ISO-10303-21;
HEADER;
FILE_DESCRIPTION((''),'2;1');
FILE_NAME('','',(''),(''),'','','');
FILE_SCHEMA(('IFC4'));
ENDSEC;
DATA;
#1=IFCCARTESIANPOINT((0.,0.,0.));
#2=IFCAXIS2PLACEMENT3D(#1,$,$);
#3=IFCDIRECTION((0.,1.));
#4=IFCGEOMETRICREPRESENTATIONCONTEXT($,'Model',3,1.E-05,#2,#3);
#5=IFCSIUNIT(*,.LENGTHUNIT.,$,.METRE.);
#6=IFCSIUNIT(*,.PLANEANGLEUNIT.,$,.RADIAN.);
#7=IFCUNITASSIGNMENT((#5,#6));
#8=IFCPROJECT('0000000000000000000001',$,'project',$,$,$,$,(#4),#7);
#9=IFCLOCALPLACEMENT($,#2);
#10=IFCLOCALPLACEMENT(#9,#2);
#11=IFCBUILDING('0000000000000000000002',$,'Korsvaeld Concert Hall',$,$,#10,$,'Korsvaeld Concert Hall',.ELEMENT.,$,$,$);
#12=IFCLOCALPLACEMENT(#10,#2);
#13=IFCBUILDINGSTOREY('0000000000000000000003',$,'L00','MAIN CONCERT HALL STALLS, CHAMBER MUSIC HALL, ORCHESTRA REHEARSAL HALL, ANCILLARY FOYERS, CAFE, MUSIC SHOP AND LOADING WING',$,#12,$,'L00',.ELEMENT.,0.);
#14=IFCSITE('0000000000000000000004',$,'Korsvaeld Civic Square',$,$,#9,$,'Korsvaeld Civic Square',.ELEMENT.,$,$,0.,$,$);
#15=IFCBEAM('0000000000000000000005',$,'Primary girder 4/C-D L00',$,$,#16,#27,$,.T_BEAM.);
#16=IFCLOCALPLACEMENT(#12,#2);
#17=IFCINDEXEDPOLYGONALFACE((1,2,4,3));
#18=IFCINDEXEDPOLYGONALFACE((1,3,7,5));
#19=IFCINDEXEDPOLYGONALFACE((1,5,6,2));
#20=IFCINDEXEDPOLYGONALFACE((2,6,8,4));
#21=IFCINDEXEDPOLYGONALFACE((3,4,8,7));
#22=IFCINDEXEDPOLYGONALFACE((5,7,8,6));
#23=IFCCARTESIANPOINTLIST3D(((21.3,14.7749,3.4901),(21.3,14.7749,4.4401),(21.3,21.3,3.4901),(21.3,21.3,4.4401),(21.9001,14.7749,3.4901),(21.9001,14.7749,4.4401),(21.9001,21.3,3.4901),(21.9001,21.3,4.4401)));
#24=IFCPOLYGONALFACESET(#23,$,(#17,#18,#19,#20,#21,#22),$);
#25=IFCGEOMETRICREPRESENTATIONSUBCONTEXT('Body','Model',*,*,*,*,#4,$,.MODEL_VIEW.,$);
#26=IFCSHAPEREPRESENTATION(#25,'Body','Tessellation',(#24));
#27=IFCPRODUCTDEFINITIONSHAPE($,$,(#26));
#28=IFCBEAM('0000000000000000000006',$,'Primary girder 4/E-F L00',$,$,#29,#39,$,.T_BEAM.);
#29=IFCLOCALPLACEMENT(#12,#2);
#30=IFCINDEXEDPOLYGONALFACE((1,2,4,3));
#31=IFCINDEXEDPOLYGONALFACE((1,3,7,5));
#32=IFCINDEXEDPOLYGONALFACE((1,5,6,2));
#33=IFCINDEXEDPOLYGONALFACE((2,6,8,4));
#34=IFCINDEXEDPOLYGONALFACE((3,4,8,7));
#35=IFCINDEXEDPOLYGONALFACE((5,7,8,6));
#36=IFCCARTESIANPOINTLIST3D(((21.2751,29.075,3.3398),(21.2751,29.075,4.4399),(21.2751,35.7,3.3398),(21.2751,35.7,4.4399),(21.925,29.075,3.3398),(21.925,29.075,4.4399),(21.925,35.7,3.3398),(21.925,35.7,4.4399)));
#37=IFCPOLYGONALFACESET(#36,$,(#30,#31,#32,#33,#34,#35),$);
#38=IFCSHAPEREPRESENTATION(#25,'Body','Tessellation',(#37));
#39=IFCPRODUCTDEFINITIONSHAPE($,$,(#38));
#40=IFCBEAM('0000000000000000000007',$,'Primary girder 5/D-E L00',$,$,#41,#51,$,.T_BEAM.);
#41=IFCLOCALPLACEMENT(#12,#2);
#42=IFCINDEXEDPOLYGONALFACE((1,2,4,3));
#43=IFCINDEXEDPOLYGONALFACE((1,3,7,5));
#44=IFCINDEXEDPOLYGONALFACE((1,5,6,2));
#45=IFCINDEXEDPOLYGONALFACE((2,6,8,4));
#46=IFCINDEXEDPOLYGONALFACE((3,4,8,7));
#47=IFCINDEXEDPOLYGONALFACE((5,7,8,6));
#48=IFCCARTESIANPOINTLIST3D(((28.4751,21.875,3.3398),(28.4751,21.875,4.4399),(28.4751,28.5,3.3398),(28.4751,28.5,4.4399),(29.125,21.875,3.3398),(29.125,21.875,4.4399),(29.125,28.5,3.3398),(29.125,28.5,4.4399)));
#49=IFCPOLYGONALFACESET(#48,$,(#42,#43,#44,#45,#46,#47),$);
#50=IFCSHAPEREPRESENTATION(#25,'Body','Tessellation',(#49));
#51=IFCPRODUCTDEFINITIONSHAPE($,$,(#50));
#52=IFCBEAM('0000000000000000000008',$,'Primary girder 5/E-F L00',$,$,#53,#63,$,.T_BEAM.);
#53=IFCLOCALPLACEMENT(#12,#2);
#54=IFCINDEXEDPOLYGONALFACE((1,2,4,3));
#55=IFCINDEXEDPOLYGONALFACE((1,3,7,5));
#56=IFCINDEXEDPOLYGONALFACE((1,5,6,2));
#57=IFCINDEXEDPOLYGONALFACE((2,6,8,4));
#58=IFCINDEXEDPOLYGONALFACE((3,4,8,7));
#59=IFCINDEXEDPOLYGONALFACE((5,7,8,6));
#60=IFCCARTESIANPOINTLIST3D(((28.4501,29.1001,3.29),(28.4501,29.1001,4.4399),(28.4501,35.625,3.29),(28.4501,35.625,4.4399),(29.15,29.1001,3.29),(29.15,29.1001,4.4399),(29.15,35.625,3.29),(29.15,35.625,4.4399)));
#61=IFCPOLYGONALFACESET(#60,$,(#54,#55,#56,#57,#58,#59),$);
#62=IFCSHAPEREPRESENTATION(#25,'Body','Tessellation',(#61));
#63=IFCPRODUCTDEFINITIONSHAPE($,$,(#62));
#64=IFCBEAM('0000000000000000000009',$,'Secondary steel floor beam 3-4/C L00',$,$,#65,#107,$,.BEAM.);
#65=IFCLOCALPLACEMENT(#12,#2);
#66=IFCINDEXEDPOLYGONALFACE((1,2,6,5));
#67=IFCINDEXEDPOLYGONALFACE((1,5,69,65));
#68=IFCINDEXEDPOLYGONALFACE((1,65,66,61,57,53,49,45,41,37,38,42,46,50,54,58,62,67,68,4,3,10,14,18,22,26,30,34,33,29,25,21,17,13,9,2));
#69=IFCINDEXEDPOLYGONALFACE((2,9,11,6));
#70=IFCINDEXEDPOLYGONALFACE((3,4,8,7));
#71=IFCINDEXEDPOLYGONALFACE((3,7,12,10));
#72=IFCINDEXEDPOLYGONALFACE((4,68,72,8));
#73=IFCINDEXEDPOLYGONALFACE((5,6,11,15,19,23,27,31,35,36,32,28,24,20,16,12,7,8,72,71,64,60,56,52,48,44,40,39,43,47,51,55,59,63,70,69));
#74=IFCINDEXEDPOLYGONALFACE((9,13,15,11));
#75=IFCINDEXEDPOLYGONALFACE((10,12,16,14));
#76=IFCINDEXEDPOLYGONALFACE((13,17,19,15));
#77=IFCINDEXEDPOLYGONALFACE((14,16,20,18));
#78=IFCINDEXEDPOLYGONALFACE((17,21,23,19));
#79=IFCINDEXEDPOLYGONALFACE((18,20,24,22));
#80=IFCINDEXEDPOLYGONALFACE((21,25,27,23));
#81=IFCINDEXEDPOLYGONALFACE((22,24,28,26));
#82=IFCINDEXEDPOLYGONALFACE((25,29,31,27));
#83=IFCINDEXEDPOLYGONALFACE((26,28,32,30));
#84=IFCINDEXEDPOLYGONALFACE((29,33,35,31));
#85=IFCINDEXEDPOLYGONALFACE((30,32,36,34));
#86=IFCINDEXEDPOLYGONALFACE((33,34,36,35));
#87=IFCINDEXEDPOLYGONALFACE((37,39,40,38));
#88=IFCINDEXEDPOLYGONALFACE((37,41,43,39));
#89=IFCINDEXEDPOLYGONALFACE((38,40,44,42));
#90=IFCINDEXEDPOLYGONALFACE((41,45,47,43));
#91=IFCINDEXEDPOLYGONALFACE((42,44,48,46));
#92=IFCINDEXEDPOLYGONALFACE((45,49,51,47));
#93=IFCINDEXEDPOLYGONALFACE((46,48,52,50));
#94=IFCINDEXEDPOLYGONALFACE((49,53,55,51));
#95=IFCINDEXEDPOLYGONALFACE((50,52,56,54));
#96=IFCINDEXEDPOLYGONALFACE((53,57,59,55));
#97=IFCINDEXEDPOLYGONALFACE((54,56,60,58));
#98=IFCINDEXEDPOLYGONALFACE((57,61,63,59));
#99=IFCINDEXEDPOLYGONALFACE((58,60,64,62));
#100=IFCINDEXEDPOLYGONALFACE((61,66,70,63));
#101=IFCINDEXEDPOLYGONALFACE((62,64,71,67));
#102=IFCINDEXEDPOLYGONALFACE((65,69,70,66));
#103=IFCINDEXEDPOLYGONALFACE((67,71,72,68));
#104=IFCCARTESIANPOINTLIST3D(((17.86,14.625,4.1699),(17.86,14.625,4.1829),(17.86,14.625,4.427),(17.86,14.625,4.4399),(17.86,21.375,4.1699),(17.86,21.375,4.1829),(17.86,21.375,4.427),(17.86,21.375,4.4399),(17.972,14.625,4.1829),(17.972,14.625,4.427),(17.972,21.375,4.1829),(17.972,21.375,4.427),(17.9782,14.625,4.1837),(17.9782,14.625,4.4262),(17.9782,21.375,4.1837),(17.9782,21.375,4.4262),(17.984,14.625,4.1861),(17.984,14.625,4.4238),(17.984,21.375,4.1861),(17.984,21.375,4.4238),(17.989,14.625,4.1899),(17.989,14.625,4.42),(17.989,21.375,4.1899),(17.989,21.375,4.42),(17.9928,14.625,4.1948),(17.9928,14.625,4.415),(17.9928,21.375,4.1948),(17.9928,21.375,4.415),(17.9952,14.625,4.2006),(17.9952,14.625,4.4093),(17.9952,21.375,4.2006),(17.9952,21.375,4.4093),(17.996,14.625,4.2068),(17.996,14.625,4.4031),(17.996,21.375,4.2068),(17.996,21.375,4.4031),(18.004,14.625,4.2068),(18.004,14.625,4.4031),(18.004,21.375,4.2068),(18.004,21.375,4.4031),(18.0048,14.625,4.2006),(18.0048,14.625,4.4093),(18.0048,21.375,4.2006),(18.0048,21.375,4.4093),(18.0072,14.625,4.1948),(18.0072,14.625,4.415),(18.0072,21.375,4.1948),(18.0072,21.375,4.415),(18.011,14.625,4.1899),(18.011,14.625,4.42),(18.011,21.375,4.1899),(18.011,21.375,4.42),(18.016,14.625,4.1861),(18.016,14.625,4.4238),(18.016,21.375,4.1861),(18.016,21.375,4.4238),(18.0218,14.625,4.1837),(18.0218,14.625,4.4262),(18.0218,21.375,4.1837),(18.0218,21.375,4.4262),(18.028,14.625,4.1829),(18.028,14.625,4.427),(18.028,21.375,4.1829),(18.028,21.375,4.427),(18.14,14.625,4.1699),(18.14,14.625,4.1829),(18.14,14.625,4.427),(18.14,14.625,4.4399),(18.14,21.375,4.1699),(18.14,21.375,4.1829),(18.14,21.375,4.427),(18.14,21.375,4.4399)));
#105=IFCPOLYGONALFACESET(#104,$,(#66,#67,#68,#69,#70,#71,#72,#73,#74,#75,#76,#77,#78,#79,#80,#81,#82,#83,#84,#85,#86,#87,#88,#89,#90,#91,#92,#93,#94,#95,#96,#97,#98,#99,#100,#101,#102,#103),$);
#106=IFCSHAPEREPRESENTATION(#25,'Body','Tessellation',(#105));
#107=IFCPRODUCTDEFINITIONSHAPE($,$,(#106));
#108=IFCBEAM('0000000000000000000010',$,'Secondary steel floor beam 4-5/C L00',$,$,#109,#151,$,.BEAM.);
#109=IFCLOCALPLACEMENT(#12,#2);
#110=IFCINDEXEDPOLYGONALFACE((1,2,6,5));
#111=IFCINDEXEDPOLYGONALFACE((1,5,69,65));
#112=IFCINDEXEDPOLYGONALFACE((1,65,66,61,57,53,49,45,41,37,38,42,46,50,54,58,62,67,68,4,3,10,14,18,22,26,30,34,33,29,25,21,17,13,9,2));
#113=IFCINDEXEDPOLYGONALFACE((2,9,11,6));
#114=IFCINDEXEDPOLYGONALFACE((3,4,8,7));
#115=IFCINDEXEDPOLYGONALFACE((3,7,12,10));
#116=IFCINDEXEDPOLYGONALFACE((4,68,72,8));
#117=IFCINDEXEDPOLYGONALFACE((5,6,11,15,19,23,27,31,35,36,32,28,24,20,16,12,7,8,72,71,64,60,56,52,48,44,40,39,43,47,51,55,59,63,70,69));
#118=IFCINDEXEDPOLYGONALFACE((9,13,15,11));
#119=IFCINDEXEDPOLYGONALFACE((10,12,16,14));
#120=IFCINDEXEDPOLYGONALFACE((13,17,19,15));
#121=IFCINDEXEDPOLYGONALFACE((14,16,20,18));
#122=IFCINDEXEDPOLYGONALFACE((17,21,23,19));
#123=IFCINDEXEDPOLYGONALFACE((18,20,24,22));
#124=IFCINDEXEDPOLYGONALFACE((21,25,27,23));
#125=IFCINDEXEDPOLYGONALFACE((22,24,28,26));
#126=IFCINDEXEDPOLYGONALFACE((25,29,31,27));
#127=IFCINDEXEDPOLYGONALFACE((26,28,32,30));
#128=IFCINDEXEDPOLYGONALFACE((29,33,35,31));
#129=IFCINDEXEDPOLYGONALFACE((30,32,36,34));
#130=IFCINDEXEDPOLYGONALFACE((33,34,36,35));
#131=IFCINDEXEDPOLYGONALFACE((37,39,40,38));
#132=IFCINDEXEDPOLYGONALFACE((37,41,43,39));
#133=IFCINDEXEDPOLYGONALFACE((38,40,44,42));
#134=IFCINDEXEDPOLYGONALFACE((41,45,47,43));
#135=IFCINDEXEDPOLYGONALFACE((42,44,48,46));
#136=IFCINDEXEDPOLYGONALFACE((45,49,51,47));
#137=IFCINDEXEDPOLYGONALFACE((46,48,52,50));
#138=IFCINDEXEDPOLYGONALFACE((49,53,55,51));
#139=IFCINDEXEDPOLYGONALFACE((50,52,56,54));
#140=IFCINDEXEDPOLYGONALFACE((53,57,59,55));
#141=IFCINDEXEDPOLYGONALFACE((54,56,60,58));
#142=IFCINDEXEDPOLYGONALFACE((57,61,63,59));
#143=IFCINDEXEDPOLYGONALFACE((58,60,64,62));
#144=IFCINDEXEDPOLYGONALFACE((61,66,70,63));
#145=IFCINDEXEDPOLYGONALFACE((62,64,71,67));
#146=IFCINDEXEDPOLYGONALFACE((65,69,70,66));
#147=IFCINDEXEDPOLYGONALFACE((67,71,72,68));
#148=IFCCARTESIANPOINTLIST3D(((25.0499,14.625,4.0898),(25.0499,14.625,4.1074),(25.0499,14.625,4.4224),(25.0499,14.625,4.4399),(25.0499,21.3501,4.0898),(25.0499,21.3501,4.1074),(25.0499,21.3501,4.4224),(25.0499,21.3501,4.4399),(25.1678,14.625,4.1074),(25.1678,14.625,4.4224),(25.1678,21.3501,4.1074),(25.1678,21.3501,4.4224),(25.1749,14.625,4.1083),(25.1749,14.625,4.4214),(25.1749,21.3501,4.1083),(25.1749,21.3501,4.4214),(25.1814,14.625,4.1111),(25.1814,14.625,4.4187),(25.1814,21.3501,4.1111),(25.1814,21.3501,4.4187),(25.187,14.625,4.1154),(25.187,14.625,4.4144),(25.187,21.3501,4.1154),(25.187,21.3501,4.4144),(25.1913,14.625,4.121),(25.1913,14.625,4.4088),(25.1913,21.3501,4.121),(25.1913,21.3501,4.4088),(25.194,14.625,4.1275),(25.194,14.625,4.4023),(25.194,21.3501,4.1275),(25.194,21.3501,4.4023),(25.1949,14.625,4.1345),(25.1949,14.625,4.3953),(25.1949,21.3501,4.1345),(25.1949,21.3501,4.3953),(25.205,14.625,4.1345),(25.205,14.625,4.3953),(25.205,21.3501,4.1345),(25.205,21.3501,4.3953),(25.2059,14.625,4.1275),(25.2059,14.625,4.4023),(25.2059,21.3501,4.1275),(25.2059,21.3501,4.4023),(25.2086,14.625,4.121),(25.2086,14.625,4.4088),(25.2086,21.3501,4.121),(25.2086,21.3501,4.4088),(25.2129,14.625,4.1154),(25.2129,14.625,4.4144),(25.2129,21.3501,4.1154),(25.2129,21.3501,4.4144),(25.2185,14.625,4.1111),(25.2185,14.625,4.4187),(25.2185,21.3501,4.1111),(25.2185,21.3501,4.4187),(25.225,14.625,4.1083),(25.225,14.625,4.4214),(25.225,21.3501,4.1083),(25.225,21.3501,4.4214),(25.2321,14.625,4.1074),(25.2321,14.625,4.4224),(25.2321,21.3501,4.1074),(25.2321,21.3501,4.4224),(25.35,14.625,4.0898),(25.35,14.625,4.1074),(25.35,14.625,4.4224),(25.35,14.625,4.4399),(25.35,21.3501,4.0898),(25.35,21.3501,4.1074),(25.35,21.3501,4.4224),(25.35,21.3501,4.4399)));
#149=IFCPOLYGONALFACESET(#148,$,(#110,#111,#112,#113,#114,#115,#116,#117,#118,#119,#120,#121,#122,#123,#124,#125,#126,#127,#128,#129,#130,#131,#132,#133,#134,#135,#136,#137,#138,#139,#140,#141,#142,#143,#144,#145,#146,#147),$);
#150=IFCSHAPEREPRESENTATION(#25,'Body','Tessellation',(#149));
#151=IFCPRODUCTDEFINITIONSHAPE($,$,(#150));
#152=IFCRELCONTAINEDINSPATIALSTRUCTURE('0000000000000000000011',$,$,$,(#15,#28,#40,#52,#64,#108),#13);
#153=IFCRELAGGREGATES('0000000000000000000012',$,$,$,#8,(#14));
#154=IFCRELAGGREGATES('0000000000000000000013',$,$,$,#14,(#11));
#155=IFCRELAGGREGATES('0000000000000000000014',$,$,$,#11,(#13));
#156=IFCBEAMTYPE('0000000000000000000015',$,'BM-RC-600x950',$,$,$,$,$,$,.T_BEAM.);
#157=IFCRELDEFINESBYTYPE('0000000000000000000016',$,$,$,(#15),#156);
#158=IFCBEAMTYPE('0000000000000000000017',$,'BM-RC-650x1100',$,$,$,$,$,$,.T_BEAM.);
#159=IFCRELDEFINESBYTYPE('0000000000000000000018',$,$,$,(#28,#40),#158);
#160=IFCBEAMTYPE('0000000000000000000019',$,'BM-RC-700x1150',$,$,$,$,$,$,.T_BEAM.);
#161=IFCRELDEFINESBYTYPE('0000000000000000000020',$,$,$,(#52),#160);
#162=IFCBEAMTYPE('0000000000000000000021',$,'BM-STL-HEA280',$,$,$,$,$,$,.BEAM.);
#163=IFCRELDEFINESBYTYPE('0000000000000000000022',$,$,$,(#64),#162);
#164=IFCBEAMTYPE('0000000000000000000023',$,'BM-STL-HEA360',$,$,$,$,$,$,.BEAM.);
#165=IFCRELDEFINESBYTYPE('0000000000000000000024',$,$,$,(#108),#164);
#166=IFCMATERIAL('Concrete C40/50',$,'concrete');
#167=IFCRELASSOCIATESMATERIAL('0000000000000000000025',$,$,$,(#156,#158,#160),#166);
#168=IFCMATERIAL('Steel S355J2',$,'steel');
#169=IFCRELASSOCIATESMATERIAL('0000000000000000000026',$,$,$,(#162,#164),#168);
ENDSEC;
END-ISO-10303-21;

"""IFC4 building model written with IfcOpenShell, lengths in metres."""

from ifc_helpers import new_model, si_unit, direction, frame, origin, origin_2d, place, context, subcontext, project, spatial, rectangle, i_section, extrude, material, material_profile, profile_set, type_object, element, save


model = new_model("IFC4")

# Units and contexts
model_context = context("Model", 3, precision=1e-05, world=origin(), true_north=direction((0.0, 1.0)))
body_context = subcontext(model_context, "Body", "Model", "MODEL_VIEW")
ifc_project = project(units=[si_unit("LENGTHUNIT", "METRE"), si_unit("PLANEANGLEUNIT", "RADIAN")], contexts=[model_context])

# Site, building, storey
site_placement = place(None, origin())
site = spatial("IfcSite", under=ifc_project, at=site_placement, Name="Korsvaeld Civic Square", LongName="Korsvaeld Civic Square", CompositionType="ELEMENT", RefElevation=0.0)
building_placement = place(site_placement, origin())
building = spatial("IfcBuilding", under=site, at=building_placement, Name="Korsvaeld Concert Hall", LongName="Korsvaeld Concert Hall", CompositionType="ELEMENT")
storey_placement = place(building_placement, origin())
storey = spatial("IfcBuildingStorey", under=building, at=storey_placement, Name="L00", Description="MAIN CONCERT HALL STALLS, CHAMBER MUSIC HALL, ORCHESTRA REHEARSAL HALL, ANCILLARY FOYERS, CAFE, MUSIC SHOP AND LOADING WING", LongName="L00", CompositionType="ELEMENT", Elevation=0.0)

# Shared definitions
ifc_material_1 = material(Name="Concrete C40/50", Category="concrete")

# Beams
ifc_material_profile_1 = material_profile(ifc_material_1, rectangle(XDim=0.6001, YDim=0.95, at=origin_2d()), Name="RC 600x950")
ifc_profile_set_1 = profile_set([ifc_material_profile_1], Name="Concrete C40/50")
beam_type_1 = type_object("IfcBeamType", Name="BM-RC-600x950", PredefinedType="T_BEAM", material=ifc_profile_set_1)
beam_1_placement = place(storey_placement, frame((21.6001, 14.7749, 3.9651), z_axis=(0.0, 1.0, 0.0), x_axis=(-1.0, 0.0, 0.0)))
element("IfcBeam", 1, at=beam_1_placement, inside=storey, type_object=beam_type_1, Name="Primary girder 4/C-D L00", PredefinedType="T_BEAM", context=body_context, shape_type="SweptSolid", body=[
    extrude(rectangle(XDim=0.6001, YDim=0.95, at=origin_2d()), origin(), (0.0, 0.0, 1.0), 6.5251),
])
ifc_material_profile_2 = material_profile(ifc_material_1, rectangle(XDim=0.6499, YDim=1.1001, at=origin_2d()), Name="RC 650x1100")
ifc_profile_set_2 = profile_set([ifc_material_profile_2], Name="Concrete C40/50")
beam_type_2 = type_object("IfcBeamType", Name="BM-RC-650x1100", PredefinedType="T_BEAM", material=ifc_profile_set_2)
for number, where, z_axis, x_axis, name in (
    (2, (21.6001, 29.075, 3.8899), (0.0, 1.0, 0.0), (-1.0, 0.0, 0.0), "Primary girder 4/E-F L00"),
    (3, (28.8, 21.875, 3.8899), (0.0, 1.0, 0.0), (-1.0, 0.0, 0.0), "Primary girder 5/D-E L00"),
):
    element("IfcBeam", number, at=place(storey_placement, frame(where, z_axis=z_axis, x_axis=x_axis)), inside=storey, type_object=beam_type_2, Name=name, PredefinedType="T_BEAM", context=body_context, shape_type="SweptSolid", body=[
        extrude(rectangle(XDim=0.6499, YDim=1.1001, at=origin_2d()), origin(), (0.0, 0.0, 1.0), 6.625),
    ])
ifc_material_profile_3 = material_profile(ifc_material_1, rectangle(XDim=0.7, YDim=1.1499, at=origin_2d()), Name="RC 700x1150")
ifc_profile_set_3 = profile_set([ifc_material_profile_3], Name="Concrete C40/50")
beam_type_3 = type_object("IfcBeamType", Name="BM-RC-700x1150", PredefinedType="T_BEAM", material=ifc_profile_set_3)
beam_2_placement = place(storey_placement, frame((28.8, 29.1001, 3.865), z_axis=(0.0, 1.0, 0.0), x_axis=(-1.0, 0.0, 0.0)))
element("IfcBeam", 4, at=beam_2_placement, inside=storey, type_object=beam_type_3, Name="Primary girder 5/E-F L00", PredefinedType="T_BEAM", context=body_context, shape_type="SweptSolid", body=[
    extrude(rectangle(XDim=0.7, YDim=1.1499, at=origin_2d()), origin(), (0.0, 0.0, 1.0), 6.5249),
])
ifc_material_2 = material(Name="Steel S355J2", Category="steel")
ifc_material_profile_4 = material_profile(ifc_material_2, i_section(OverallWidth=0.28, OverallDepth=0.27, WebThickness=0.0081, FlangeThickness=0.0129, FilletRadius=0.0239, at=origin_2d()), Name="HEA 280")
ifc_profile_set_4 = profile_set([ifc_material_profile_4], Name="Steel S355J2")
beam_type_4 = type_object("IfcBeamType", Name="BM-STL-HEA280", PredefinedType="BEAM", material=ifc_profile_set_4)
beam_3_placement = place(storey_placement, frame((18.0, 14.625, 4.3049), z_axis=(0.0, 1.0, 0.0), x_axis=(-1.0, 0.0, 0.0)))
element("IfcBeam", 5, at=beam_3_placement, inside=storey, type_object=beam_type_4, Name="Secondary steel floor beam 3-4/C L00", PredefinedType="BEAM", context=body_context, shape_type="SweptSolid", body=[
    extrude(i_section(OverallWidth=0.28, OverallDepth=0.27, WebThickness=0.0081, FlangeThickness=0.0129, FilletRadius=0.0239, at=origin_2d()), origin(), (0.0, 0.0, 1.0), 6.75),
])
ifc_material_profile_5 = material_profile(ifc_material_2, i_section(OverallWidth=0.3, OverallDepth=0.3501, WebThickness=0.01, FlangeThickness=0.0176, FilletRadius=0.0271, at=origin_2d()), Name="HEA 360")
ifc_profile_set_5 = profile_set([ifc_material_profile_5], Name="Steel S355J2")
beam_type_5 = type_object("IfcBeamType", Name="BM-STL-HEA360", PredefinedType="BEAM", material=ifc_profile_set_5)
beam_4_placement = place(storey_placement, frame((25.2, 14.625, 4.2649), z_axis=(0.0, 1.0, 0.0), x_axis=(-1.0, 0.0, 0.0)))
element("IfcBeam", 6, at=beam_4_placement, inside=storey, type_object=beam_type_5, Name="Secondary steel floor beam 4-5/C L00", PredefinedType="BEAM", context=body_context, shape_type="SweptSolid", body=[
    extrude(i_section(OverallWidth=0.3, OverallDepth=0.3501, WebThickness=0.01, FlangeThickness=0.0176, FilletRadius=0.0271, at=origin_2d()), origin(), (0.0, 0.0, 1.0), 6.7251),
])

save(model, "model.ifc")
